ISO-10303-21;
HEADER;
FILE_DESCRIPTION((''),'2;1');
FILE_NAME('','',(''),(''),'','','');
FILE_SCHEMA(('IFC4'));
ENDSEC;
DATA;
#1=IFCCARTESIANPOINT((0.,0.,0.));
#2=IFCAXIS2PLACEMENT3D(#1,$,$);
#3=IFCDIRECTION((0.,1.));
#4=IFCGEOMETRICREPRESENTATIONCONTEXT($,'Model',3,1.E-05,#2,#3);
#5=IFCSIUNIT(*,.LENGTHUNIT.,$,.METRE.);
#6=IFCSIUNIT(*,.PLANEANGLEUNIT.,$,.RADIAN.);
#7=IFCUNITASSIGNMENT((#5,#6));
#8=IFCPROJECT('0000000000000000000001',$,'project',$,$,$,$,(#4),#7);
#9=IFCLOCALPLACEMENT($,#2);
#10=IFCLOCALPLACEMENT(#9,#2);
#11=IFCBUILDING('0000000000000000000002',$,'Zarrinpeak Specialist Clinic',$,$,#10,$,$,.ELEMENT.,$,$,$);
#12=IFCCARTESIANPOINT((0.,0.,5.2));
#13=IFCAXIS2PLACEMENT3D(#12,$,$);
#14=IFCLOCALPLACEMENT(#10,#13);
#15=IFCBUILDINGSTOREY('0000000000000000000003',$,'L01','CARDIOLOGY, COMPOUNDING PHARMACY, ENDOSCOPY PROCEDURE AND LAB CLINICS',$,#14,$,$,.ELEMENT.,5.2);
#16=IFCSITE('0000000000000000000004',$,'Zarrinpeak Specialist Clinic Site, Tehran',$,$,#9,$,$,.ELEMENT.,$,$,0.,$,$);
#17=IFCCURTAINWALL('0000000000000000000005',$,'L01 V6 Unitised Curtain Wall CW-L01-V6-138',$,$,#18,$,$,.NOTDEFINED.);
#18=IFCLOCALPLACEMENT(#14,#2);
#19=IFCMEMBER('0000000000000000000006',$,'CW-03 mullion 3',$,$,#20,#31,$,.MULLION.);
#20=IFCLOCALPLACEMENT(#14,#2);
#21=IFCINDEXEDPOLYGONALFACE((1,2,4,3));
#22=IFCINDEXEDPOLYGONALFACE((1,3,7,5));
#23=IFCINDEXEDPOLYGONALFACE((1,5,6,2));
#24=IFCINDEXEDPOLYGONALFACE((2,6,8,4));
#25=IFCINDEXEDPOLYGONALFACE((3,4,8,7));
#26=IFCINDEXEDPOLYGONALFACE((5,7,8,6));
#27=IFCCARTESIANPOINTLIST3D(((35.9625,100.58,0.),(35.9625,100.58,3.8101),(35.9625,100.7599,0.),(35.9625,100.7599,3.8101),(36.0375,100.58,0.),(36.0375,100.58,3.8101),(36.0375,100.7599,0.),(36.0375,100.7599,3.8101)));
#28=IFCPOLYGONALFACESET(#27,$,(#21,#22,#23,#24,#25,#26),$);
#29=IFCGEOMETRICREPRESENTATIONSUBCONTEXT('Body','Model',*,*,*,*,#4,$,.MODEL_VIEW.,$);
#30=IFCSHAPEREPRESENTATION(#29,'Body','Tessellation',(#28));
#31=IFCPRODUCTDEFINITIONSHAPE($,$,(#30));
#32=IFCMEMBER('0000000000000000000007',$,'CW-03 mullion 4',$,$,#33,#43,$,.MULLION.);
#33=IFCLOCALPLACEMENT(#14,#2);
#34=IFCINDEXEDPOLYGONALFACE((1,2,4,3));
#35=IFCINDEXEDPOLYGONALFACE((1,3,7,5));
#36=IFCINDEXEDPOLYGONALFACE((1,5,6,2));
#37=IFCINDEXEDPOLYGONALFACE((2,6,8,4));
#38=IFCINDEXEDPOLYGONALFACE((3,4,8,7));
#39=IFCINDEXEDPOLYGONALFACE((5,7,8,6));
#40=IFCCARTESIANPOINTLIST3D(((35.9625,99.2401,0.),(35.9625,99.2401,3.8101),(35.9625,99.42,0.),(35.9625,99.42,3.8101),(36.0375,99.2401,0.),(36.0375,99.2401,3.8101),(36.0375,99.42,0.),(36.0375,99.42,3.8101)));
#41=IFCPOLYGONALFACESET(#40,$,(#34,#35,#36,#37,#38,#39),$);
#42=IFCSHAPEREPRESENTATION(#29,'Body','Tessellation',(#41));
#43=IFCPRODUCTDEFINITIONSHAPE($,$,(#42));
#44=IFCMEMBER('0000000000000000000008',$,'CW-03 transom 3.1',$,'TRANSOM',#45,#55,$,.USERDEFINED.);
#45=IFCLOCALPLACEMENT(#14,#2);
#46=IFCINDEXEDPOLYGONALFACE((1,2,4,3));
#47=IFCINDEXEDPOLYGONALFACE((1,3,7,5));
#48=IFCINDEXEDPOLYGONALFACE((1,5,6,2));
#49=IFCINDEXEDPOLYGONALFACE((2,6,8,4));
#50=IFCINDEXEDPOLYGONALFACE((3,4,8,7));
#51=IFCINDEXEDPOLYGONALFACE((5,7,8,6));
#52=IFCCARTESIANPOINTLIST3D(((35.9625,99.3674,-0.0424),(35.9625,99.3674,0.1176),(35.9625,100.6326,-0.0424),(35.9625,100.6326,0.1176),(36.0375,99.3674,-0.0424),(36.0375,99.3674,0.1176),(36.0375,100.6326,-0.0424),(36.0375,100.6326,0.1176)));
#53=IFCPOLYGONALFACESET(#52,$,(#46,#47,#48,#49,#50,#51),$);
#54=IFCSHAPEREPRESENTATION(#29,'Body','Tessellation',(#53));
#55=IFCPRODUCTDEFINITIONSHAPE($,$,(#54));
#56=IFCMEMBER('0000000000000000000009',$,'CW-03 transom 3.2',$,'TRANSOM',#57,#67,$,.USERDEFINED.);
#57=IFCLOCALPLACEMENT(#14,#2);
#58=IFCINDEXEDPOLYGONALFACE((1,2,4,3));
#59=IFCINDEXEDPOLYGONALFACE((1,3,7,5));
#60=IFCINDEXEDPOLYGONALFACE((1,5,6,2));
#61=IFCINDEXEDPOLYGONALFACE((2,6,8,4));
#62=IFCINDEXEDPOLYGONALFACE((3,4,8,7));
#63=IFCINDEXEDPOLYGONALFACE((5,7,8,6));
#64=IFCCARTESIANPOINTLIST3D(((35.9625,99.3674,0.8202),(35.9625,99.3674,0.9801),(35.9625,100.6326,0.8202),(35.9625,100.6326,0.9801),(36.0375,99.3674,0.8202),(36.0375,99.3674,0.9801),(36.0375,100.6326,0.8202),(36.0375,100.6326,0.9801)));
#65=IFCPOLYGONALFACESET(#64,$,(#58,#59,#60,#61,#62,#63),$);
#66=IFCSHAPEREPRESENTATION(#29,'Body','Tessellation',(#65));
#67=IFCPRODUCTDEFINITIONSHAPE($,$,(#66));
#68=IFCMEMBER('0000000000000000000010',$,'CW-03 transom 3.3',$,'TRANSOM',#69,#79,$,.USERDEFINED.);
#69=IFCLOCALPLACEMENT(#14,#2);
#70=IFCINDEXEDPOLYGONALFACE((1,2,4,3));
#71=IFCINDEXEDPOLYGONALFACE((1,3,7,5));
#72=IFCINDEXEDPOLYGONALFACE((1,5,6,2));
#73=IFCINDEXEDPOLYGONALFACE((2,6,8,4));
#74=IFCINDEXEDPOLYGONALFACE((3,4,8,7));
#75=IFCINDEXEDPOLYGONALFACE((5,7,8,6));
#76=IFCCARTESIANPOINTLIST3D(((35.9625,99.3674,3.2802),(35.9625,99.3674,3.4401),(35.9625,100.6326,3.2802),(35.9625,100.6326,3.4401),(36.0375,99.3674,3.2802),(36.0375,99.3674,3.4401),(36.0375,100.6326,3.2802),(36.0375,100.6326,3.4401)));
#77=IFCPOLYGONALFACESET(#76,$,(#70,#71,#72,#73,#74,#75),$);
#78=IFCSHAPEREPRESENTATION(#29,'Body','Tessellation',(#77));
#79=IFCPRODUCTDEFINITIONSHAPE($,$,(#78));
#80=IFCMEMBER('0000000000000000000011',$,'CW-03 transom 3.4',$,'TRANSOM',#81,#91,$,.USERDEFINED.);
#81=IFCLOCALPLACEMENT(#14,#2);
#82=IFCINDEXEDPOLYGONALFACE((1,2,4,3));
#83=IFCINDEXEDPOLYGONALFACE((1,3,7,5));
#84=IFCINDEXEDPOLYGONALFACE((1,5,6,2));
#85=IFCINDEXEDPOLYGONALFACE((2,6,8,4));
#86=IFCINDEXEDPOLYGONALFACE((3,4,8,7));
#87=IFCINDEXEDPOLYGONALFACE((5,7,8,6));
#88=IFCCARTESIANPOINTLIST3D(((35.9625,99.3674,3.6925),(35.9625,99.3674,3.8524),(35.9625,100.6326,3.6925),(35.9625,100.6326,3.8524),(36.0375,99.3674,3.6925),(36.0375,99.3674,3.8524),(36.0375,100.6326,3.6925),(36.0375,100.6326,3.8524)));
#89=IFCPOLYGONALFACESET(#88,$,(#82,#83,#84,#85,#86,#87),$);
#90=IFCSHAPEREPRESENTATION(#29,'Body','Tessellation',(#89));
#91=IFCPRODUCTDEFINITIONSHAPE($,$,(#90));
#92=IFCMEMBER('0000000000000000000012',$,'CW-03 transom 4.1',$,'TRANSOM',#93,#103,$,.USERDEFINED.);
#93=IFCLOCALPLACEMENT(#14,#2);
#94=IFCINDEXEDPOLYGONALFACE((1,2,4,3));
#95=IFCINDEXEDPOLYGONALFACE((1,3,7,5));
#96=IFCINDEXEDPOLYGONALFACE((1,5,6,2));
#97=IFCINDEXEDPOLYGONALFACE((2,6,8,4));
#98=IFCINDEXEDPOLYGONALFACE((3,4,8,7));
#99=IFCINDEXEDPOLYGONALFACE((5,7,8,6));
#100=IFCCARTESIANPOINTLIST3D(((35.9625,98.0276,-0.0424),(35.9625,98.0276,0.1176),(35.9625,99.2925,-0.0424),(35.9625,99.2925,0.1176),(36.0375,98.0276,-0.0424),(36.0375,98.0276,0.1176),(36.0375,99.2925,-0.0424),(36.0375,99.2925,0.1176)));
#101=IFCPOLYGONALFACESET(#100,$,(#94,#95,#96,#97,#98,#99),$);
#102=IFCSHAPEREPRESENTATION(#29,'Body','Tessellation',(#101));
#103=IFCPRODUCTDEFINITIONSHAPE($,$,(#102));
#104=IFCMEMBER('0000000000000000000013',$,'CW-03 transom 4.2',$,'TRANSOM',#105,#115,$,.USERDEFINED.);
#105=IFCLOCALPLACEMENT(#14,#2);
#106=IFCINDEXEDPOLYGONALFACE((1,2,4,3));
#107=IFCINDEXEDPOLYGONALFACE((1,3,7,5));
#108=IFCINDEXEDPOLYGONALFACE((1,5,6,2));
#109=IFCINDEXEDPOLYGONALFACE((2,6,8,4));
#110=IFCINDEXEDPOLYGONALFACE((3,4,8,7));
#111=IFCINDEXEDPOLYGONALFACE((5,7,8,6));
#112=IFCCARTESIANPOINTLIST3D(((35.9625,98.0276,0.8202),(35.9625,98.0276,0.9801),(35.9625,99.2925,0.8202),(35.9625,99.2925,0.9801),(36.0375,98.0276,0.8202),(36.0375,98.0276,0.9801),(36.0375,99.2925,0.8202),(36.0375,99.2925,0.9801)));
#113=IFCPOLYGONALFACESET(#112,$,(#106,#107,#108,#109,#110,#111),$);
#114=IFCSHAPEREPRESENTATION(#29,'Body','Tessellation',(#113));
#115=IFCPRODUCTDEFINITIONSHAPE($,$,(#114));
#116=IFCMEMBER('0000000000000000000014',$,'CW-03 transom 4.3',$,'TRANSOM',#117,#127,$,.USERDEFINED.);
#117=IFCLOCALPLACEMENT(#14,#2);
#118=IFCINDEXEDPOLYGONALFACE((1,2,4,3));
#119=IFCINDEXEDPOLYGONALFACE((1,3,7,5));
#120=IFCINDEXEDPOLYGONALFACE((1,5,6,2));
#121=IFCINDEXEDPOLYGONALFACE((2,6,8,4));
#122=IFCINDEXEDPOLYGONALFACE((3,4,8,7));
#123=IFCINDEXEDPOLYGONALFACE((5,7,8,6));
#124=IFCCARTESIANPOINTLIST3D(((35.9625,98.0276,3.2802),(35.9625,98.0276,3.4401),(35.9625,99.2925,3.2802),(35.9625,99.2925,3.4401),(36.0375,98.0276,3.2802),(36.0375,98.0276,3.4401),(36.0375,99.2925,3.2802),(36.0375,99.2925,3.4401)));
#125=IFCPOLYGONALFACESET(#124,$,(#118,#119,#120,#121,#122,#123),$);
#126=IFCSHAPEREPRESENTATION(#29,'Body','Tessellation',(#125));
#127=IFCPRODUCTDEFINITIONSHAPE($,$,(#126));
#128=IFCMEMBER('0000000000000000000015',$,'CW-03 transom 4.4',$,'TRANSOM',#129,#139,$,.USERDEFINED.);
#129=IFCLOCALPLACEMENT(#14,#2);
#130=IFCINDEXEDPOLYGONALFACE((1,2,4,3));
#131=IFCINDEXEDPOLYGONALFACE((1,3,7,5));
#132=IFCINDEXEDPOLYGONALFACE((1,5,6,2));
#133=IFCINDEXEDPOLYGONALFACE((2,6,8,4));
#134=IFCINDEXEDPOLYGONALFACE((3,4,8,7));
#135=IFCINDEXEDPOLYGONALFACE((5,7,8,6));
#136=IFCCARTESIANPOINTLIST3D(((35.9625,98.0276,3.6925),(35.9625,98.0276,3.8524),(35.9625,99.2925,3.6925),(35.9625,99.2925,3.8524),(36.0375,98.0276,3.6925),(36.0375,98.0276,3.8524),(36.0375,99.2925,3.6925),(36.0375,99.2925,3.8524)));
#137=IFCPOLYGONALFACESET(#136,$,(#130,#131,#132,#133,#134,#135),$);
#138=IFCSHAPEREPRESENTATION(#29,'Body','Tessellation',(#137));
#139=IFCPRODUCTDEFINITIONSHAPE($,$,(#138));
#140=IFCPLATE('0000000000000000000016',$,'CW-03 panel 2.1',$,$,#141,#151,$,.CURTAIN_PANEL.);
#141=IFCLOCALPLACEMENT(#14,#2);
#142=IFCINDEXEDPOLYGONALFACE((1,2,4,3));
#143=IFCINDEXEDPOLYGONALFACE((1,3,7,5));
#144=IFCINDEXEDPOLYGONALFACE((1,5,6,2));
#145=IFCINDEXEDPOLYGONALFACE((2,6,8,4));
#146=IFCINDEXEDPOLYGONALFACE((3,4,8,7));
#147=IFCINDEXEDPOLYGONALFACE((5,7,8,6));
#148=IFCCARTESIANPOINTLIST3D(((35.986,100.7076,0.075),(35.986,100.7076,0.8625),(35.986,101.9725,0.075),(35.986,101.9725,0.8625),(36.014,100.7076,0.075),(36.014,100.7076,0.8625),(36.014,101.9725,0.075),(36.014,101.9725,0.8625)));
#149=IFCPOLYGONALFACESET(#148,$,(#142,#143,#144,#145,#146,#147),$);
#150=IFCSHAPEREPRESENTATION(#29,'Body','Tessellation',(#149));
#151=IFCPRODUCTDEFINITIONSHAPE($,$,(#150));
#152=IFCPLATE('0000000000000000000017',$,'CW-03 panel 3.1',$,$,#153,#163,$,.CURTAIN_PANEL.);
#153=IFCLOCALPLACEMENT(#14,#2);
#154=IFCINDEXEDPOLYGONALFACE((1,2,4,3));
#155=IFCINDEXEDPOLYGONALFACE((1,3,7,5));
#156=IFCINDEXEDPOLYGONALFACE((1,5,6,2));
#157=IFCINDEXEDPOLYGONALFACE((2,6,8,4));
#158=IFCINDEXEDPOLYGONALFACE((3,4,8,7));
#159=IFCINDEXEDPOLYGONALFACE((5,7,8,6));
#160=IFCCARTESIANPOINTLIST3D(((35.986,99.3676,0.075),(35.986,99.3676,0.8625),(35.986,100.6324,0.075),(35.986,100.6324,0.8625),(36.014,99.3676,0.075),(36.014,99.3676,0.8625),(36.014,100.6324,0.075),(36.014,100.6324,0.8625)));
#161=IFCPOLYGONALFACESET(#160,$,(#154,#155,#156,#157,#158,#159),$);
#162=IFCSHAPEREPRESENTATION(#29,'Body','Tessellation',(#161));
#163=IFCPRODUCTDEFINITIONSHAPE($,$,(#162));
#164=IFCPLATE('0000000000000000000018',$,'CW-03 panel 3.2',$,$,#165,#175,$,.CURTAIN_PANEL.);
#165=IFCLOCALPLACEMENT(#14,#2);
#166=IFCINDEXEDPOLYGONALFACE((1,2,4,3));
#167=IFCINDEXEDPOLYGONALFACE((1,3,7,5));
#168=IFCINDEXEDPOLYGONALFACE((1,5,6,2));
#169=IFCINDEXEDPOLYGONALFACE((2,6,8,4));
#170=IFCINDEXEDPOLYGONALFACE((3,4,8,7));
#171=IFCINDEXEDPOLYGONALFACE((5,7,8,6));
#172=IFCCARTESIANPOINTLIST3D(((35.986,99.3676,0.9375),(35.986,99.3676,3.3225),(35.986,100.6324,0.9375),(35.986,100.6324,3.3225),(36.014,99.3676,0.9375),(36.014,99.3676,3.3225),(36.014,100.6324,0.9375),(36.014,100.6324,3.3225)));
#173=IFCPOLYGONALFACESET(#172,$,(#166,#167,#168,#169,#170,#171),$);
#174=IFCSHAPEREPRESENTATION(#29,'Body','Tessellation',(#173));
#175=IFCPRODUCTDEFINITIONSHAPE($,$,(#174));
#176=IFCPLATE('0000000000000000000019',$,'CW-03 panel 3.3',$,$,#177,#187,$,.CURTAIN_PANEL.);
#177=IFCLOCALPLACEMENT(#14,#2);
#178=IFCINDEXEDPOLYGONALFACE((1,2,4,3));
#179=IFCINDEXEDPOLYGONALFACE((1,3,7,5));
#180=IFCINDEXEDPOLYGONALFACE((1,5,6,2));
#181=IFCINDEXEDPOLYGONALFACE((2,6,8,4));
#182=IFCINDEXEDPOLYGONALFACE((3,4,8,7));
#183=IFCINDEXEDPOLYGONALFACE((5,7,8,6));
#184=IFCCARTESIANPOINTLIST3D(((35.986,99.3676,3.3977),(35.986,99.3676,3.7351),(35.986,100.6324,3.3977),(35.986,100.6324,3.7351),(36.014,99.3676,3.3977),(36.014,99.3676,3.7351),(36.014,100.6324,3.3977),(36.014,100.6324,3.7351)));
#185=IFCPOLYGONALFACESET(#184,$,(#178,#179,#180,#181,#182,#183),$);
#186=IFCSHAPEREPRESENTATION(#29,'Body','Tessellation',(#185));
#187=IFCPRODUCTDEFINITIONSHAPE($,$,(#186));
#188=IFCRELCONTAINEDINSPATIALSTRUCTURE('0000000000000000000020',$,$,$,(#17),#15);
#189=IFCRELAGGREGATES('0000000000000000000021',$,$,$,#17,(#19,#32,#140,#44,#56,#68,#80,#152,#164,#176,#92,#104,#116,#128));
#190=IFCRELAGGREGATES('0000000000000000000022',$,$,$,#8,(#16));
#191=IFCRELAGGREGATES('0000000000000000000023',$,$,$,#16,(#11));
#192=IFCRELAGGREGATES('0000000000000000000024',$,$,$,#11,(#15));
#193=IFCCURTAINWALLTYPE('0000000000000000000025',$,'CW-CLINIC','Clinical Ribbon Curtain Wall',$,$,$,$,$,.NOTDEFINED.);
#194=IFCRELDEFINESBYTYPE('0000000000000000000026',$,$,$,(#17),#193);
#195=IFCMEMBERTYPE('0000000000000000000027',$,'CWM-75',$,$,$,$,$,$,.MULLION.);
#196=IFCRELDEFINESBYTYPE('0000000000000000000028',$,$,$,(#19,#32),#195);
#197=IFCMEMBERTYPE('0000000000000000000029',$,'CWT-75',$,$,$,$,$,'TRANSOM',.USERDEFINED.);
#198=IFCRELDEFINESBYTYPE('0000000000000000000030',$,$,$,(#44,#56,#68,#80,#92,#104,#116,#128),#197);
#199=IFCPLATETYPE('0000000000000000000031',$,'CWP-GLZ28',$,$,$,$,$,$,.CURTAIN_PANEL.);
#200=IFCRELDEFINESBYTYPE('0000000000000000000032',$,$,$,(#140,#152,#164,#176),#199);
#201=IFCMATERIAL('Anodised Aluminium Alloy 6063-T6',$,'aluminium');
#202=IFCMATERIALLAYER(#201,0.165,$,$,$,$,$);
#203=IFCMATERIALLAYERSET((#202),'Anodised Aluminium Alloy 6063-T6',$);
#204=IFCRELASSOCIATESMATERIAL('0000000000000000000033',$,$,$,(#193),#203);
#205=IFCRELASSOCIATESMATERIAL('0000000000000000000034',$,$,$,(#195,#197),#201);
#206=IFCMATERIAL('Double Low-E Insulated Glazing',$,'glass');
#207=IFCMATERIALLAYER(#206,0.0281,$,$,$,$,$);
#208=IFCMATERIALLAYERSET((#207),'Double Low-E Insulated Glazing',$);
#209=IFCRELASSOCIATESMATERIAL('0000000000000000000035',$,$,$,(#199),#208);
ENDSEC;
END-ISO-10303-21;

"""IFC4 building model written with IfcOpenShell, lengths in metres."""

from ifc_helpers import new_model, si_unit, direction, frame, origin, origin_2d, place, context, subcontext, project, spatial, rectangle, extrude, material, layer, layer_set, material_profile, profile_set, type_object, element, aggregate, save


model = new_model("IFC4")

# Units and contexts
model_context = context("Model", 3, precision=1e-05, world=origin(), true_north=direction((0.0, 1.0)))
body_context = subcontext(model_context, "Body", "Model", "MODEL_VIEW")
ifc_project = project(units=[si_unit("LENGTHUNIT", "METRE"), si_unit("PLANEANGLEUNIT", "RADIAN")], contexts=[model_context])

# Site, building, storey
site_placement = place(None, origin())
site = spatial("IfcSite", under=ifc_project, at=site_placement, Name="Zarrinpeak Specialist Clinic Site, Tehran", CompositionType="ELEMENT", RefElevation=0.0)
building_placement = place(site_placement, origin())
building = spatial("IfcBuilding", under=site, at=building_placement, Name="Zarrinpeak Specialist Clinic", CompositionType="ELEMENT")
storey_placement = place(building_placement, frame((0.0, 0.0, 5.2)))
storey = spatial("IfcBuildingStorey", under=building, at=storey_placement, Name="L01", Description="CARDIOLOGY, COMPOUNDING PHARMACY, ENDOSCOPY PROCEDURE AND LAB CLINICS", CompositionType="ELEMENT", Elevation=5.2)

# Curtain wall, members, plates
ifc_material_1 = material(Name="Anodised Aluminium Alloy 6063-T6", Category="aluminium")
ifc_layer_1 = layer(ifc_material_1, 0.165)
ifc_layer_set_1 = layer_set([ifc_layer_1], Name="Anodised Aluminium Alloy 6063-T6")
curtain_wall_type = type_object("IfcCurtainWallType", Name="CW-CLINIC", Description="Clinical Ribbon Curtain Wall", PredefinedType="NOTDEFINED", material=ifc_layer_set_1)
curtain_wall_placement = place(storey_placement, origin())
curtain_wall = element("IfcCurtainWall", 1, at=curtain_wall_placement, inside=storey, type_object=curtain_wall_type, Name="L01 V6 Unitised Curtain Wall CW-L01-V6-138", PredefinedType="NOTDEFINED")
ifc_material_profile_1 = material_profile(ifc_material_1, rectangle(XDim=0.075, YDim=0.1799, at=origin_2d()), Name="ALU 75x180")
ifc_profile_set_1 = profile_set([ifc_material_profile_1], Name="Anodised Aluminium Alloy 6063-T6")
member_type_1 = type_object("IfcMemberType", Name="CWM-75", PredefinedType="MULLION", material=ifc_profile_set_1)
member_1_placement = place(storey_placement, frame((36.0, 100.6699, 0.0), z_axis=(0.0, 0.0, 1.0), x_axis=(1.0, 0.0, 0.0)))
member_1 = element("IfcMember", 2, at=member_1_placement, type_object=member_type_1, Name="CW-03 mullion 3", PredefinedType="MULLION", context=body_context, shape_type="SweptSolid", body=[
    extrude(rectangle(XDim=0.075, YDim=0.1799, at=origin_2d()), origin(), (0.0, 0.0, 1.0), 3.8101),
])
member_2_placement = place(storey_placement, frame((36.0, 99.3301, 0.0), z_axis=(0.0, 0.0, 1.0), x_axis=(1.0, 0.0, 0.0)))
member_2 = element("IfcMember", 3, at=member_2_placement, type_object=member_type_1, Name="CW-03 mullion 4", PredefinedType="MULLION", context=body_context, shape_type="SweptSolid", body=[
    extrude(rectangle(XDim=0.075, YDim=0.1799, at=origin_2d()), origin(), (0.0, 0.0, 1.0), 3.8101),
])
ifc_material_profile_2 = material_profile(ifc_material_1, rectangle(XDim=0.075, YDim=0.1599, at=origin_2d()), Name="ALU 75x160")
ifc_profile_set_2 = profile_set([ifc_material_profile_2], Name="Anodised Aluminium Alloy 6063-T6")
member_type_2 = type_object("IfcMemberType", Name="CWT-75", ElementType="TRANSOM", PredefinedType="USERDEFINED", material=ifc_profile_set_2)
member_3_placement = place(storey_placement, frame((36.0, 100.6326, 0.0376), z_axis=(0.0, -1.0, 0.0), x_axis=(1.0, 0.0, 0.0)))
member_3 = element("IfcMember", 4, at=member_3_placement, type_object=member_type_2, Name="CW-03 transom 3.1", ObjectType="TRANSOM", PredefinedType="USERDEFINED", context=body_context, shape_type="SweptSolid", body=[
    extrude(rectangle(XDim=0.075, YDim=0.1599, at=origin_2d()), origin(), (0.0, 0.0, 1.0), 1.2651),
])
member_4_placement = place(storey_placement, frame((36.0, 100.6326, 0.9001), z_axis=(0.0, -1.0, 0.0), x_axis=(1.0, 0.0, 0.0)))
member_4 = element("IfcMember", 5, at=member_4_placement, type_object=member_type_2, Name="CW-03 transom 3.2", ObjectType="TRANSOM", PredefinedType="USERDEFINED", context=body_context, shape_type="SweptSolid", body=[
    extrude(rectangle(XDim=0.075, YDim=0.1599, at=origin_2d()), origin(), (0.0, 0.0, 1.0), 1.2651),
])
member_5_placement = place(storey_placement, frame((36.0, 100.6326, 3.3601), z_axis=(0.0, -1.0, 0.0), x_axis=(1.0, 0.0, 0.0)))
member_5 = element("IfcMember", 6, at=member_5_placement, type_object=member_type_2, Name="CW-03 transom 3.3", ObjectType="TRANSOM", PredefinedType="USERDEFINED", context=body_context, shape_type="SweptSolid", body=[
    extrude(rectangle(XDim=0.075, YDim=0.1599, at=origin_2d()), origin(), (0.0, 0.0, 1.0), 1.2651),
])
member_6_placement = place(storey_placement, frame((36.0, 100.6326, 3.7725), z_axis=(0.0, -1.0, 0.0), x_axis=(1.0, 0.0, 0.0)))
member_6 = element("IfcMember", 7, at=member_6_placement, type_object=member_type_2, Name="CW-03 transom 3.4", ObjectType="TRANSOM", PredefinedType="USERDEFINED", context=body_context, shape_type="SweptSolid", body=[
    extrude(rectangle(XDim=0.075, YDim=0.1599, at=origin_2d()), origin(), (0.0, 0.0, 1.0), 1.2651),
])
member_7_placement = place(storey_placement, frame((36.0, 99.2925, 0.0376), z_axis=(0.0, -1.0, 0.0), x_axis=(1.0, 0.0, 0.0)))
member_7 = element("IfcMember", 8, at=member_7_placement, type_object=member_type_2, Name="CW-03 transom 4.1", ObjectType="TRANSOM", PredefinedType="USERDEFINED", context=body_context, shape_type="SweptSolid", body=[
    extrude(rectangle(XDim=0.075, YDim=0.1599, at=origin_2d()), origin(), (0.0, 0.0, 1.0), 1.2649),
])
member_8_placement = place(storey_placement, frame((36.0, 99.2925, 0.9001), z_axis=(0.0, -1.0, 0.0), x_axis=(1.0, 0.0, 0.0)))
member_8 = element("IfcMember", 9, at=member_8_placement, type_object=member_type_2, Name="CW-03 transom 4.2", ObjectType="TRANSOM", PredefinedType="USERDEFINED", context=body_context, shape_type="SweptSolid", body=[
    extrude(rectangle(XDim=0.075, YDim=0.1599, at=origin_2d()), origin(), (0.0, 0.0, 1.0), 1.2649),
])
member_9_placement = place(storey_placement, frame((36.0, 99.2925, 3.3601), z_axis=(0.0, -1.0, 0.0), x_axis=(1.0, 0.0, 0.0)))
member_9 = element("IfcMember", 10, at=member_9_placement, type_object=member_type_2, Name="CW-03 transom 4.3", ObjectType="TRANSOM", PredefinedType="USERDEFINED", context=body_context, shape_type="SweptSolid", body=[
    extrude(rectangle(XDim=0.075, YDim=0.1599, at=origin_2d()), origin(), (0.0, 0.0, 1.0), 1.2649),
])
member_10_placement = place(storey_placement, frame((36.0, 99.2925, 3.7725), z_axis=(0.0, -1.0, 0.0), x_axis=(1.0, 0.0, 0.0)))
member_10 = element("IfcMember", 11, at=member_10_placement, type_object=member_type_2, Name="CW-03 transom 4.4", ObjectType="TRANSOM", PredefinedType="USERDEFINED", context=body_context, shape_type="SweptSolid", body=[
    extrude(rectangle(XDim=0.075, YDim=0.1599, at=origin_2d()), origin(), (0.0, 0.0, 1.0), 1.2649),
])
ifc_material_2 = material(Name="Double Low-E Insulated Glazing", Category="glass")
ifc_layer_2 = layer(ifc_material_2, 0.0281)
ifc_layer_set_2 = layer_set([ifc_layer_2], Name="Double Low-E Insulated Glazing")
plate_type = type_object("IfcPlateType", Name="CWP-GLZ28", PredefinedType="CURTAIN_PANEL", material=ifc_layer_set_2)
plate_1_placement = place(storey_placement, frame((36.0, 101.3401, 0.075), z_axis=(0.0, 0.0, 1.0), x_axis=(0.0, -1.0, 0.0)))
plate_1 = element("IfcPlate", 12, at=plate_1_placement, type_object=plate_type, Name="CW-03 panel 2.1", PredefinedType="CURTAIN_PANEL", context=body_context, shape_type="SweptSolid", body=[
    extrude(rectangle(XDim=1.2649, YDim=0.0281, at=origin_2d()), origin(), (0.0, 0.0, 1.0), 0.7876),
])
plate_2_placement = place(storey_placement, frame((36.0, 100.0, 0.075), z_axis=(0.0, 0.0, 1.0), x_axis=(0.0, -1.0, 0.0)))
plate_2 = element("IfcPlate", 13, at=plate_2_placement, type_object=plate_type, Name="CW-03 panel 3.1", PredefinedType="CURTAIN_PANEL", context=body_context, shape_type="SweptSolid", body=[
    extrude(rectangle(XDim=1.2649, YDim=0.0281, at=origin_2d()), origin(), (0.0, 0.0, 1.0), 0.7876),
])
plate_3_placement = place(storey_placement, frame((36.0, 100.0, 0.9375), z_axis=(0.0, 0.0, 1.0), x_axis=(0.0, -1.0, 0.0)))
plate_3 = element("IfcPlate", 14, at=plate_3_placement, type_object=plate_type, Name="CW-03 panel 3.2", PredefinedType="CURTAIN_PANEL", context=body_context, shape_type="SweptSolid", body=[
    extrude(rectangle(XDim=1.2649, YDim=0.0281, at=origin_2d()), origin(), (0.0, 0.0, 1.0), 2.385),
])
plate_4_placement = place(storey_placement, frame((36.0, 100.0, 3.3977), z_axis=(0.0, 0.0, 1.0), x_axis=(0.0, -1.0, 0.0)))
plate_4 = element("IfcPlate", 15, at=plate_4_placement, type_object=plate_type, Name="CW-03 panel 3.3", PredefinedType="CURTAIN_PANEL", context=body_context, shape_type="SweptSolid", body=[
    extrude(rectangle(XDim=1.2649, YDim=0.0281, at=origin_2d()), origin(), (0.0, 0.0, 1.0), 0.3374),
])
aggregate(curtain_wall, [member_1, member_2, plate_1, member_3, member_4, member_5, member_6, plate_2, plate_3, plate_4, member_7, member_8, member_9, member_10])

save(model, "model.ifc")
